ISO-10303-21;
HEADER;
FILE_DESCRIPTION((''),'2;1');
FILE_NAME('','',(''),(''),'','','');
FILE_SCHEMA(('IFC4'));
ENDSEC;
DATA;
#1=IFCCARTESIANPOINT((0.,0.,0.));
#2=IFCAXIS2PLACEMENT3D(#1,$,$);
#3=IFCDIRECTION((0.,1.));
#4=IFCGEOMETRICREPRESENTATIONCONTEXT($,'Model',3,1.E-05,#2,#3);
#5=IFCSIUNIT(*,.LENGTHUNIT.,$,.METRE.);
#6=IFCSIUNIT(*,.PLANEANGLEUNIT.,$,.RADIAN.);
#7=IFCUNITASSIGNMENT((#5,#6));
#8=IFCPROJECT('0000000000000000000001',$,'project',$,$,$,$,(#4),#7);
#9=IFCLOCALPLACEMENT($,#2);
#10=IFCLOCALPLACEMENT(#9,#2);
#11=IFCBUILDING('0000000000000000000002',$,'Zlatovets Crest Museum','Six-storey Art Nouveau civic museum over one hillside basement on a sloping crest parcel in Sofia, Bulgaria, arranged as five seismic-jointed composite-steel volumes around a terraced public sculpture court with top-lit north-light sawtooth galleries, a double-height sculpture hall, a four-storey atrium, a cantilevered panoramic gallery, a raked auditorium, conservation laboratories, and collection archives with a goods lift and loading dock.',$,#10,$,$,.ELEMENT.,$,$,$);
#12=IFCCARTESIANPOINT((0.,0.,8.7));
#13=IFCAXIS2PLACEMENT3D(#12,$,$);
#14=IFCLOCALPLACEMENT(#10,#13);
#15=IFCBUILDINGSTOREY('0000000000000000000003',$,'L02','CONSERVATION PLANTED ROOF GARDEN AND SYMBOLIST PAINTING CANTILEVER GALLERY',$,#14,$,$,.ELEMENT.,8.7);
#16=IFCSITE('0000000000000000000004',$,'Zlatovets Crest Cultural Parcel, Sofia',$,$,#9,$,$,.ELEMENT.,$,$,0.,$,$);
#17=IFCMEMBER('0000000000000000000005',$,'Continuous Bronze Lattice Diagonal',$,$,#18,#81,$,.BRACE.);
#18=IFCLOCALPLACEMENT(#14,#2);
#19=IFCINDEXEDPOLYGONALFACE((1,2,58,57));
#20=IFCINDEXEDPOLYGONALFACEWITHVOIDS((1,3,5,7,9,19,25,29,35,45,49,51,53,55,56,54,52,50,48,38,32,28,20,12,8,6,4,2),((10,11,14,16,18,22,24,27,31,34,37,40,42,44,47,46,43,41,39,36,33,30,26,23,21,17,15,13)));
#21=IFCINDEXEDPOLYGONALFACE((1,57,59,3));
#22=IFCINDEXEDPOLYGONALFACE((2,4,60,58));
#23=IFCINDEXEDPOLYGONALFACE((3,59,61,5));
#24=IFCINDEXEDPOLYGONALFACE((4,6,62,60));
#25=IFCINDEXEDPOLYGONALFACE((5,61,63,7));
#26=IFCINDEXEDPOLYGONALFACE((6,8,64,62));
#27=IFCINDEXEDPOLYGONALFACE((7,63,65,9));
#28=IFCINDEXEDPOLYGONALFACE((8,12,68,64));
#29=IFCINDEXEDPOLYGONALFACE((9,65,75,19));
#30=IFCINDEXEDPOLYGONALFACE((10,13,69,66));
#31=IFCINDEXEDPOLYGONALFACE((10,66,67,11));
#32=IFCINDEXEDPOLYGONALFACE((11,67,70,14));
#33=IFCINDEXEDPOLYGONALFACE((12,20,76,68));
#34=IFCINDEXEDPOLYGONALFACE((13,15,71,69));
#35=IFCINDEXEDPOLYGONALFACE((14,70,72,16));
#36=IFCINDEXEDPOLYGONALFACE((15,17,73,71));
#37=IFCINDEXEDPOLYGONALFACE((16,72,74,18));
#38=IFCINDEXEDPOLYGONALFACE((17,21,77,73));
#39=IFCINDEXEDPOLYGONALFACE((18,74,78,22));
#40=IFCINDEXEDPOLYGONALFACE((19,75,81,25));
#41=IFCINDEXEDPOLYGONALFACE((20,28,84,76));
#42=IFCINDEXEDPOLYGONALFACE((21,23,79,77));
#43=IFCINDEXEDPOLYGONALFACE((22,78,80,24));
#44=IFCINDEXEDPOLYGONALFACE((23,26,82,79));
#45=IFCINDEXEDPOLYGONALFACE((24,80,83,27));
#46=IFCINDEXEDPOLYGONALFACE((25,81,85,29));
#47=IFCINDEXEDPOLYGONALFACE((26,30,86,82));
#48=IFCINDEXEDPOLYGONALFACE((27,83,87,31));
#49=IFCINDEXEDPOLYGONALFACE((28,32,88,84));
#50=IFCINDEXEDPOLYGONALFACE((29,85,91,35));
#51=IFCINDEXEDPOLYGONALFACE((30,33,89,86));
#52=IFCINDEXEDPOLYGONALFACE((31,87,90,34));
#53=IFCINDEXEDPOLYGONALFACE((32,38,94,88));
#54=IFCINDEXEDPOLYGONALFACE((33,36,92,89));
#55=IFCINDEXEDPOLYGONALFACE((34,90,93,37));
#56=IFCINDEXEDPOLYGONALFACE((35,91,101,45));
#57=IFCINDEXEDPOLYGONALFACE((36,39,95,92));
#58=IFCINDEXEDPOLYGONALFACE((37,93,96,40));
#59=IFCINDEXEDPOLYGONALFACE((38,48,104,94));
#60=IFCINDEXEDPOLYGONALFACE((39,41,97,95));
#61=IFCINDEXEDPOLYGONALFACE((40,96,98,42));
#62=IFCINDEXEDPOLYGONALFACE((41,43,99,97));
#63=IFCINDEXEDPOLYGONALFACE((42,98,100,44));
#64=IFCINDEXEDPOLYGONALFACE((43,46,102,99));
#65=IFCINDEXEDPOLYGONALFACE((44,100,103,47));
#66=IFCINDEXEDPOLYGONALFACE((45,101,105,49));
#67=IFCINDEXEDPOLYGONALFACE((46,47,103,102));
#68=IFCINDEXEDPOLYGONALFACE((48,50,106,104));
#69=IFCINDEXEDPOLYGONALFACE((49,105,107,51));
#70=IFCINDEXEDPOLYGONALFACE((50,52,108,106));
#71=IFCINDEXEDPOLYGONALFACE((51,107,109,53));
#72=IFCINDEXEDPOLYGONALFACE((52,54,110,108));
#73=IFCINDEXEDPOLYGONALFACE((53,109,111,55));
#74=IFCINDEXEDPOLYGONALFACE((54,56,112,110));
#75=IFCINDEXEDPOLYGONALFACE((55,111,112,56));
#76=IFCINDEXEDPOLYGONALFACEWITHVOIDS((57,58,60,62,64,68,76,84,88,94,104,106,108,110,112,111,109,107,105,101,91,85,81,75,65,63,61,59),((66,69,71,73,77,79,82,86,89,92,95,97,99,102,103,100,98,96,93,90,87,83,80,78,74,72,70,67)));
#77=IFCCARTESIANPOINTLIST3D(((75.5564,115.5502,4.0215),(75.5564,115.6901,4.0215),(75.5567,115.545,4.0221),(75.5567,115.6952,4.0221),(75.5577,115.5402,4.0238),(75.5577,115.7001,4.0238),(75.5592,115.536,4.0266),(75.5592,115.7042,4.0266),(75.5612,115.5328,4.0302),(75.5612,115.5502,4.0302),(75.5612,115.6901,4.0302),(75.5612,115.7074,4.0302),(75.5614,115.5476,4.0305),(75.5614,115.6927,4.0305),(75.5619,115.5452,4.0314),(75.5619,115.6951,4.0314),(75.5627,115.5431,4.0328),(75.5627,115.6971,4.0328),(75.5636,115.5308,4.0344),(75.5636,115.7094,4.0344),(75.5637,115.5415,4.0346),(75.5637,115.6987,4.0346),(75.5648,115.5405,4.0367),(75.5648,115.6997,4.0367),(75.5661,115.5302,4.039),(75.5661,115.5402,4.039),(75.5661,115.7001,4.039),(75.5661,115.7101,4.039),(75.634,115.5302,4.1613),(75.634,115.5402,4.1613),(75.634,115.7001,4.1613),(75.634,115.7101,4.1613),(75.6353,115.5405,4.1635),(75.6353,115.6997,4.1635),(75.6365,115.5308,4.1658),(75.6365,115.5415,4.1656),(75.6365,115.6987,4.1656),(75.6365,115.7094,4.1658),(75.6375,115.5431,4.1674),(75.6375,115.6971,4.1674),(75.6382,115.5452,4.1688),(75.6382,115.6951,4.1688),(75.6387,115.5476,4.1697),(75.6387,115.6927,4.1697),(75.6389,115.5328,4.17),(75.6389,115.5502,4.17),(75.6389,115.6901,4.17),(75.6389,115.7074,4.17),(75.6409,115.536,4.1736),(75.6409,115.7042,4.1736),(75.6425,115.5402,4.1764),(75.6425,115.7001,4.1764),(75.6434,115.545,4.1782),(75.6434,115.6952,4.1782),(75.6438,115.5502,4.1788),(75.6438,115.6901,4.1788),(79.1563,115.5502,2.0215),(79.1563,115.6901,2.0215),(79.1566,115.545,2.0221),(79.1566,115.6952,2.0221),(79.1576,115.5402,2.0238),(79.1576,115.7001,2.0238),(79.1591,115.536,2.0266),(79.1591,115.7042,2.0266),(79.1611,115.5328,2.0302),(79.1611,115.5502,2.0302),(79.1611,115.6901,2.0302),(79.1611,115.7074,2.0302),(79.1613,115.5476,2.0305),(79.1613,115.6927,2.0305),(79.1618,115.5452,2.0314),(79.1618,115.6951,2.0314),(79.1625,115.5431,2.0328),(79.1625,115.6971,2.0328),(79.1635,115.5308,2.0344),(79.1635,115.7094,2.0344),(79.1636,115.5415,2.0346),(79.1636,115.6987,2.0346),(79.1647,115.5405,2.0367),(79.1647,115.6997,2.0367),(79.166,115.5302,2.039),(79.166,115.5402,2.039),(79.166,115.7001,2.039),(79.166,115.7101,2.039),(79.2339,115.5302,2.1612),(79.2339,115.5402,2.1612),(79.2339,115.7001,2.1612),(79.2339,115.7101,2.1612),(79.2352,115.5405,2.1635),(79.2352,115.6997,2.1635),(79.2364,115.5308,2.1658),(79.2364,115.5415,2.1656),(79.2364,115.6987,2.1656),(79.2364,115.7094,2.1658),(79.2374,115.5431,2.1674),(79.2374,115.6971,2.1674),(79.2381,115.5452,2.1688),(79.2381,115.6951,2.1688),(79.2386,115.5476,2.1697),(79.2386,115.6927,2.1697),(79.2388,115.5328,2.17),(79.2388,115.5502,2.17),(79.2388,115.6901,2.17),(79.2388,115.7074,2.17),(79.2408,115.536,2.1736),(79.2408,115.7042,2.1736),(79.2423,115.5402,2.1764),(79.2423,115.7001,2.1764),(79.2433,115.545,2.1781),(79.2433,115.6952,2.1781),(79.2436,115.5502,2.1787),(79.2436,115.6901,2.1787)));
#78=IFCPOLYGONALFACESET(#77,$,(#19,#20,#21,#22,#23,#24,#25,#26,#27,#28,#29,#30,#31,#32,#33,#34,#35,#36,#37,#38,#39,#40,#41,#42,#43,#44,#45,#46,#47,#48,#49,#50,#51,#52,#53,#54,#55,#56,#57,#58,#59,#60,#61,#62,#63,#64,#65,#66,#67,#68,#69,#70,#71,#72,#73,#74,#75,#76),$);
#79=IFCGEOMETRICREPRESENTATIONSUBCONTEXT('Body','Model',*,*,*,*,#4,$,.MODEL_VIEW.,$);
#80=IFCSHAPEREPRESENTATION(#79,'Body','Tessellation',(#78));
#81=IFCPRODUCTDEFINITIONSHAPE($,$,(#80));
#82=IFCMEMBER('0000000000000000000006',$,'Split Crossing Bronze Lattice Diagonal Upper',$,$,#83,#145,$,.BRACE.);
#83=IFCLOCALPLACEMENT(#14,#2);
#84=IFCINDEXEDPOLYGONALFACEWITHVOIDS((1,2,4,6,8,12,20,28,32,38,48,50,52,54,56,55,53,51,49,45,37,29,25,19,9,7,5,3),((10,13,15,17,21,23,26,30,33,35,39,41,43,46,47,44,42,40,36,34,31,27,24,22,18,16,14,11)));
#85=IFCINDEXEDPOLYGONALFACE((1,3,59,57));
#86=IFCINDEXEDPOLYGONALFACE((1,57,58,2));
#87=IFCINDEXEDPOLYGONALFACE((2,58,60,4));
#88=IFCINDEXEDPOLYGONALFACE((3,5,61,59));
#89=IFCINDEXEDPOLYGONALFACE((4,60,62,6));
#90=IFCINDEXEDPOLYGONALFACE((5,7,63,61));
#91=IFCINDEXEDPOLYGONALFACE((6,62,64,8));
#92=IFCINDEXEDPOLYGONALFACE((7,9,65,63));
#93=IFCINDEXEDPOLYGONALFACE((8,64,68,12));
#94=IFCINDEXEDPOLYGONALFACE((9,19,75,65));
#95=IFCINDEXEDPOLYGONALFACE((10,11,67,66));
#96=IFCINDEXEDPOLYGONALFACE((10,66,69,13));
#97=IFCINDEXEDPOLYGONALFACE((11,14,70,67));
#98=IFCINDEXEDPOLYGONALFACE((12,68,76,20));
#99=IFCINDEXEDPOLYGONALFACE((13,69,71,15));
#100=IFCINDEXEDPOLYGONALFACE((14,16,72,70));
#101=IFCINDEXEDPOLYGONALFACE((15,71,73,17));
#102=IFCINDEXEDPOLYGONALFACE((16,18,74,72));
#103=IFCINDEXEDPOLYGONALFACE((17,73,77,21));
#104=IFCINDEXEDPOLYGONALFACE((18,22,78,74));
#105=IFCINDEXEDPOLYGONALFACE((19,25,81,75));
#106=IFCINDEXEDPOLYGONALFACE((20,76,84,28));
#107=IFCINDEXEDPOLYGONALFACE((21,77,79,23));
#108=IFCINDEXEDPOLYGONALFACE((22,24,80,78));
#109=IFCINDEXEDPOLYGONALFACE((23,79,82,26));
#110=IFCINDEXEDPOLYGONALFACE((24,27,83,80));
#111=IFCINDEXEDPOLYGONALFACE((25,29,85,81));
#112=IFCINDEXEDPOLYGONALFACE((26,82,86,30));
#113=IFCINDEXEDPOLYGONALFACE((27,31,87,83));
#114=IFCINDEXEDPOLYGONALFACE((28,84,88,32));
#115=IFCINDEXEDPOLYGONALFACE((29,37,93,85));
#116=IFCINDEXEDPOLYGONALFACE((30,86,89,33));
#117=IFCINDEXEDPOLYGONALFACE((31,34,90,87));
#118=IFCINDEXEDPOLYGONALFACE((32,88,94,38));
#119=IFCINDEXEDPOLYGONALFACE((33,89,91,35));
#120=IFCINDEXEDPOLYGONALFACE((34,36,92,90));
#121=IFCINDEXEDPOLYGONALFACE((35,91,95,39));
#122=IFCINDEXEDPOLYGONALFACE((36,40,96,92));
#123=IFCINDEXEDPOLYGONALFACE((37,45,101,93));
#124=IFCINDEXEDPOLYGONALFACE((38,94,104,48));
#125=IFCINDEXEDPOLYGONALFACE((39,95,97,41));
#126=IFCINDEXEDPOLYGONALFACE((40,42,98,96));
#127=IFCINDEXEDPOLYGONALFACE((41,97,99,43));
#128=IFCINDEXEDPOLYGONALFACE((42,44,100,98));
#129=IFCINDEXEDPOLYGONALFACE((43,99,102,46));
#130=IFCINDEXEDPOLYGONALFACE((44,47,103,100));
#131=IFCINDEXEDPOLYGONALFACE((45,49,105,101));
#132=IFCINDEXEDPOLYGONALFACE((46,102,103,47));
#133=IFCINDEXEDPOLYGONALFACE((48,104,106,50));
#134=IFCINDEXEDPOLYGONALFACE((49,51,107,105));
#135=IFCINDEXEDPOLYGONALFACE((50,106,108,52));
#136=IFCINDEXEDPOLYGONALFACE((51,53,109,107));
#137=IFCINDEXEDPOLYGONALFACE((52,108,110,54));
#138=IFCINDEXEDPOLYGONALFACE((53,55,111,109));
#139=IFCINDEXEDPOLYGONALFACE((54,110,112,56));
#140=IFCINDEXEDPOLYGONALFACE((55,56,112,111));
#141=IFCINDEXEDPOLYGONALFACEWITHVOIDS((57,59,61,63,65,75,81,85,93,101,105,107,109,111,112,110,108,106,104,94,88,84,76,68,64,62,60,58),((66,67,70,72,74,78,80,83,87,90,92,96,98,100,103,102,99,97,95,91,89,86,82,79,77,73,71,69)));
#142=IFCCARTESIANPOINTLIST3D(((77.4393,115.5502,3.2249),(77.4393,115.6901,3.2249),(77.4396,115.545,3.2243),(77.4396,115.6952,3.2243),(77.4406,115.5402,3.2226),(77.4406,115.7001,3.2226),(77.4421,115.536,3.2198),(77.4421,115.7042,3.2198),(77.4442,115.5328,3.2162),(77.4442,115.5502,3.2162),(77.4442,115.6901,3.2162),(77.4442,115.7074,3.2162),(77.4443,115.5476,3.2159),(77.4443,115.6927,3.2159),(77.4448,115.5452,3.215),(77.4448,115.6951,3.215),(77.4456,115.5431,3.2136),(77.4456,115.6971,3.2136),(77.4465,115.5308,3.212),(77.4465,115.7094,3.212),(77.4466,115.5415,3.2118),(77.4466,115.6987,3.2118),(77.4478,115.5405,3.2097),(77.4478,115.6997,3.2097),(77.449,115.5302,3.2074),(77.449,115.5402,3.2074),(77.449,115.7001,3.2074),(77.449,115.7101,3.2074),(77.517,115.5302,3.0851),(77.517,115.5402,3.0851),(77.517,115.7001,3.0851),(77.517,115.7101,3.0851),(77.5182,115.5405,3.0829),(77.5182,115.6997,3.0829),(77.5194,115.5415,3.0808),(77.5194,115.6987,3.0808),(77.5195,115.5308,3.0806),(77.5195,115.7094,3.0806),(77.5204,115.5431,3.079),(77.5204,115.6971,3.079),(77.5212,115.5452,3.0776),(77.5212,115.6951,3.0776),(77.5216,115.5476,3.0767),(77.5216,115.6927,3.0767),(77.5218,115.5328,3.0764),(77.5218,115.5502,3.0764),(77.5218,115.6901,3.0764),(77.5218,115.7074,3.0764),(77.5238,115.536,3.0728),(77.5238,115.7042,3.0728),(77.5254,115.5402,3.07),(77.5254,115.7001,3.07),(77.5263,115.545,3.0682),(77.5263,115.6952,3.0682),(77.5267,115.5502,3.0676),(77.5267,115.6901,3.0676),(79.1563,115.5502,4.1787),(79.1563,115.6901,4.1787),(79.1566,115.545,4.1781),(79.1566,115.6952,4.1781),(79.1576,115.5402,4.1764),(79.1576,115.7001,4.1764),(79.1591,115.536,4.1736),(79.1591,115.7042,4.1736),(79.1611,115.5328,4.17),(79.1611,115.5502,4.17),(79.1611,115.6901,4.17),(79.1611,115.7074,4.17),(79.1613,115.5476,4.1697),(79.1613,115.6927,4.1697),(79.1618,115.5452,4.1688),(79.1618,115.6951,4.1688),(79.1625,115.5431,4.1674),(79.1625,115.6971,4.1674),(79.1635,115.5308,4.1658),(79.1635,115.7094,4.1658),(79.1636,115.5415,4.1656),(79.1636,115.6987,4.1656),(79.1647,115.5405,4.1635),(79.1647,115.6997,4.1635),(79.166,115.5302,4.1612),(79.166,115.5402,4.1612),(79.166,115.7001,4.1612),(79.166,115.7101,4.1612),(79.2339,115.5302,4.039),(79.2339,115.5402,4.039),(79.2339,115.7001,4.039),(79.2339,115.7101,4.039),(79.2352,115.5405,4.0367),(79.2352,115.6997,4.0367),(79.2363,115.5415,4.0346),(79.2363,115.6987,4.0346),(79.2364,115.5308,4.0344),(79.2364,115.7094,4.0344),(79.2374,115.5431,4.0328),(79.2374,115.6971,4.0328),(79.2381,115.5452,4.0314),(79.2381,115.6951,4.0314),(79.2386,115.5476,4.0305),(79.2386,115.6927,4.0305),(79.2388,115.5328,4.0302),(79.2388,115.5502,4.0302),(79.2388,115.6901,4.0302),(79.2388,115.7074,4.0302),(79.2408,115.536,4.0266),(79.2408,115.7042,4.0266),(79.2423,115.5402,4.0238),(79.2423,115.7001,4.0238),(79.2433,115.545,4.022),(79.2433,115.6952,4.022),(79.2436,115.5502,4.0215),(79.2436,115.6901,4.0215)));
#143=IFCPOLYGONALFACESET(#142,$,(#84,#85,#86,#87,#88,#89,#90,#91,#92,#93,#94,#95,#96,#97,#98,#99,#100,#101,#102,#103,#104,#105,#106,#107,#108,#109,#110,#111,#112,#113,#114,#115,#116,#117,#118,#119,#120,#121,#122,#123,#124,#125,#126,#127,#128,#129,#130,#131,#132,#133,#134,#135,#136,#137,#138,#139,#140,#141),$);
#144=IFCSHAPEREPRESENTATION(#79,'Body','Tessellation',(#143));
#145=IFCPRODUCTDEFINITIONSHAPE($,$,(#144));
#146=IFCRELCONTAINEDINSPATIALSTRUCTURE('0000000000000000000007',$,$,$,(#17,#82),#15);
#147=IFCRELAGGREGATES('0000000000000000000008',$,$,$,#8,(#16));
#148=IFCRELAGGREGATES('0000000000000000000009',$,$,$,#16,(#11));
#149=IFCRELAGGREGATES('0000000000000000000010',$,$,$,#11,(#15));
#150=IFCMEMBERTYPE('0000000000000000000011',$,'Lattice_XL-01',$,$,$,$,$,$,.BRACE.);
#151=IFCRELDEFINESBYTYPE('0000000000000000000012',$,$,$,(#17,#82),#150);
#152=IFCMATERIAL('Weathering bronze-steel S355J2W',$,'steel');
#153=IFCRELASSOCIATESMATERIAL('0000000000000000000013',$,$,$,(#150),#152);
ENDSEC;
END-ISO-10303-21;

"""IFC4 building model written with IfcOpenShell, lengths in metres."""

from ifc_helpers import new_model, si_unit, direction, frame, origin, origin_2d, place, context, subcontext, project, spatial, hollow_rectangle, extrude, material, material_profile, profile_set, type_object, element, save


model = new_model("IFC4")

# Units and contexts
model_context = context("Model", 3, precision=1e-05, world=origin(), true_north=direction((0.0, 1.0)))
body_context = subcontext(model_context, "Body", "Model", "MODEL_VIEW")
ifc_project = project(units=[si_unit("LENGTHUNIT", "METRE"), si_unit("PLANEANGLEUNIT", "RADIAN")], contexts=[model_context])

# Site, building, storey
site_placement = place(None, origin())
site = spatial("IfcSite", under=ifc_project, at=site_placement, Name="Zlatovets Crest Cultural Parcel, Sofia", CompositionType="ELEMENT", RefElevation=0.0)
building_placement = place(site_placement, origin())
building = spatial("IfcBuilding", under=site, at=building_placement, Name="Zlatovets Crest Museum", Description="Six-storey Art Nouveau civic museum over one hillside basement on a sloping crest parcel in Sofia, Bulgaria, arranged as five seismic-jointed composite-steel volumes around a terraced public sculpture court with top-lit north-light sawtooth galleries, a double-height sculpture hall, a four-storey atrium, a cantilevered panoramic gallery, a raked auditorium, conservation laboratories, and collection archives with a goods lift and loading dock.", CompositionType="ELEMENT")
storey_placement = place(building_placement, frame((0.0, 0.0, 8.7)))
storey = spatial("IfcBuildingStorey", under=building, at=storey_placement, Name="L02", Description="CONSERVATION PLANTED ROOF GARDEN AND SYMBOLIST PAINTING CANTILEVER GALLERY", CompositionType="ELEMENT", Elevation=8.7)

# Members
ifc_material_1 = material(Name="Weathering bronze-steel S355J2W", Category="steel")
ifc_material_profile_1 = material_profile(ifc_material_1, hollow_rectangle(XDim=0.1799, YDim=0.1799, WallThickness=0.01, InnerFilletRadius=0.01, OuterFilletRadius=0.02, at=origin_2d()), Name="SHS 180x180x10.0")
ifc_profile_set_1 = profile_set([ifc_material_profile_1], Name="Weathering bronze-steel S355J2W")
member_type_1 = type_object("IfcMemberType", Name="Lattice_XL-01", PredefinedType="BRACE", material=ifc_profile_set_1)
member_1_placement = place(storey_placement, frame((79.2, 115.6201, 2.1001), z_axis=(-0.874149, 0.0, 0.485658), x_axis=(0.0, -1.0, 0.0)))
element("IfcMember", 1, at=member_1_placement, inside=storey, type_object=member_type_1, Name="Continuous Bronze Lattice Diagonal", PredefinedType="BRACE", context=body_context, shape_type="SweptSolid", body=[
    extrude(hollow_rectangle(XDim=0.1799, YDim=0.1799, WallThickness=0.01, InnerFilletRadius=0.01, OuterFilletRadius=0.02, at=origin_2d()), origin(), (0.0, 0.0, 1.0), 4.1182),
])
member_2_placement = place(storey_placement, frame((79.2, 115.6201, 4.1001), z_axis=(-0.874169, 0.0, -0.485622), x_axis=(0.0, -1.0, 0.0)))
element("IfcMember", 2, at=member_2_placement, inside=storey, type_object=member_type_1, Name="Split Crossing Bronze Lattice Diagonal Upper", PredefinedType="BRACE", context=body_context, shape_type="SweptSolid", body=[
    extrude(hollow_rectangle(XDim=0.1799, YDim=0.1799, WallThickness=0.01, InnerFilletRadius=0.01, OuterFilletRadius=0.02, at=origin_2d()), origin(), (0.0, 0.0, 1.0), 1.9641),
])

save(model, "model.ifc")
